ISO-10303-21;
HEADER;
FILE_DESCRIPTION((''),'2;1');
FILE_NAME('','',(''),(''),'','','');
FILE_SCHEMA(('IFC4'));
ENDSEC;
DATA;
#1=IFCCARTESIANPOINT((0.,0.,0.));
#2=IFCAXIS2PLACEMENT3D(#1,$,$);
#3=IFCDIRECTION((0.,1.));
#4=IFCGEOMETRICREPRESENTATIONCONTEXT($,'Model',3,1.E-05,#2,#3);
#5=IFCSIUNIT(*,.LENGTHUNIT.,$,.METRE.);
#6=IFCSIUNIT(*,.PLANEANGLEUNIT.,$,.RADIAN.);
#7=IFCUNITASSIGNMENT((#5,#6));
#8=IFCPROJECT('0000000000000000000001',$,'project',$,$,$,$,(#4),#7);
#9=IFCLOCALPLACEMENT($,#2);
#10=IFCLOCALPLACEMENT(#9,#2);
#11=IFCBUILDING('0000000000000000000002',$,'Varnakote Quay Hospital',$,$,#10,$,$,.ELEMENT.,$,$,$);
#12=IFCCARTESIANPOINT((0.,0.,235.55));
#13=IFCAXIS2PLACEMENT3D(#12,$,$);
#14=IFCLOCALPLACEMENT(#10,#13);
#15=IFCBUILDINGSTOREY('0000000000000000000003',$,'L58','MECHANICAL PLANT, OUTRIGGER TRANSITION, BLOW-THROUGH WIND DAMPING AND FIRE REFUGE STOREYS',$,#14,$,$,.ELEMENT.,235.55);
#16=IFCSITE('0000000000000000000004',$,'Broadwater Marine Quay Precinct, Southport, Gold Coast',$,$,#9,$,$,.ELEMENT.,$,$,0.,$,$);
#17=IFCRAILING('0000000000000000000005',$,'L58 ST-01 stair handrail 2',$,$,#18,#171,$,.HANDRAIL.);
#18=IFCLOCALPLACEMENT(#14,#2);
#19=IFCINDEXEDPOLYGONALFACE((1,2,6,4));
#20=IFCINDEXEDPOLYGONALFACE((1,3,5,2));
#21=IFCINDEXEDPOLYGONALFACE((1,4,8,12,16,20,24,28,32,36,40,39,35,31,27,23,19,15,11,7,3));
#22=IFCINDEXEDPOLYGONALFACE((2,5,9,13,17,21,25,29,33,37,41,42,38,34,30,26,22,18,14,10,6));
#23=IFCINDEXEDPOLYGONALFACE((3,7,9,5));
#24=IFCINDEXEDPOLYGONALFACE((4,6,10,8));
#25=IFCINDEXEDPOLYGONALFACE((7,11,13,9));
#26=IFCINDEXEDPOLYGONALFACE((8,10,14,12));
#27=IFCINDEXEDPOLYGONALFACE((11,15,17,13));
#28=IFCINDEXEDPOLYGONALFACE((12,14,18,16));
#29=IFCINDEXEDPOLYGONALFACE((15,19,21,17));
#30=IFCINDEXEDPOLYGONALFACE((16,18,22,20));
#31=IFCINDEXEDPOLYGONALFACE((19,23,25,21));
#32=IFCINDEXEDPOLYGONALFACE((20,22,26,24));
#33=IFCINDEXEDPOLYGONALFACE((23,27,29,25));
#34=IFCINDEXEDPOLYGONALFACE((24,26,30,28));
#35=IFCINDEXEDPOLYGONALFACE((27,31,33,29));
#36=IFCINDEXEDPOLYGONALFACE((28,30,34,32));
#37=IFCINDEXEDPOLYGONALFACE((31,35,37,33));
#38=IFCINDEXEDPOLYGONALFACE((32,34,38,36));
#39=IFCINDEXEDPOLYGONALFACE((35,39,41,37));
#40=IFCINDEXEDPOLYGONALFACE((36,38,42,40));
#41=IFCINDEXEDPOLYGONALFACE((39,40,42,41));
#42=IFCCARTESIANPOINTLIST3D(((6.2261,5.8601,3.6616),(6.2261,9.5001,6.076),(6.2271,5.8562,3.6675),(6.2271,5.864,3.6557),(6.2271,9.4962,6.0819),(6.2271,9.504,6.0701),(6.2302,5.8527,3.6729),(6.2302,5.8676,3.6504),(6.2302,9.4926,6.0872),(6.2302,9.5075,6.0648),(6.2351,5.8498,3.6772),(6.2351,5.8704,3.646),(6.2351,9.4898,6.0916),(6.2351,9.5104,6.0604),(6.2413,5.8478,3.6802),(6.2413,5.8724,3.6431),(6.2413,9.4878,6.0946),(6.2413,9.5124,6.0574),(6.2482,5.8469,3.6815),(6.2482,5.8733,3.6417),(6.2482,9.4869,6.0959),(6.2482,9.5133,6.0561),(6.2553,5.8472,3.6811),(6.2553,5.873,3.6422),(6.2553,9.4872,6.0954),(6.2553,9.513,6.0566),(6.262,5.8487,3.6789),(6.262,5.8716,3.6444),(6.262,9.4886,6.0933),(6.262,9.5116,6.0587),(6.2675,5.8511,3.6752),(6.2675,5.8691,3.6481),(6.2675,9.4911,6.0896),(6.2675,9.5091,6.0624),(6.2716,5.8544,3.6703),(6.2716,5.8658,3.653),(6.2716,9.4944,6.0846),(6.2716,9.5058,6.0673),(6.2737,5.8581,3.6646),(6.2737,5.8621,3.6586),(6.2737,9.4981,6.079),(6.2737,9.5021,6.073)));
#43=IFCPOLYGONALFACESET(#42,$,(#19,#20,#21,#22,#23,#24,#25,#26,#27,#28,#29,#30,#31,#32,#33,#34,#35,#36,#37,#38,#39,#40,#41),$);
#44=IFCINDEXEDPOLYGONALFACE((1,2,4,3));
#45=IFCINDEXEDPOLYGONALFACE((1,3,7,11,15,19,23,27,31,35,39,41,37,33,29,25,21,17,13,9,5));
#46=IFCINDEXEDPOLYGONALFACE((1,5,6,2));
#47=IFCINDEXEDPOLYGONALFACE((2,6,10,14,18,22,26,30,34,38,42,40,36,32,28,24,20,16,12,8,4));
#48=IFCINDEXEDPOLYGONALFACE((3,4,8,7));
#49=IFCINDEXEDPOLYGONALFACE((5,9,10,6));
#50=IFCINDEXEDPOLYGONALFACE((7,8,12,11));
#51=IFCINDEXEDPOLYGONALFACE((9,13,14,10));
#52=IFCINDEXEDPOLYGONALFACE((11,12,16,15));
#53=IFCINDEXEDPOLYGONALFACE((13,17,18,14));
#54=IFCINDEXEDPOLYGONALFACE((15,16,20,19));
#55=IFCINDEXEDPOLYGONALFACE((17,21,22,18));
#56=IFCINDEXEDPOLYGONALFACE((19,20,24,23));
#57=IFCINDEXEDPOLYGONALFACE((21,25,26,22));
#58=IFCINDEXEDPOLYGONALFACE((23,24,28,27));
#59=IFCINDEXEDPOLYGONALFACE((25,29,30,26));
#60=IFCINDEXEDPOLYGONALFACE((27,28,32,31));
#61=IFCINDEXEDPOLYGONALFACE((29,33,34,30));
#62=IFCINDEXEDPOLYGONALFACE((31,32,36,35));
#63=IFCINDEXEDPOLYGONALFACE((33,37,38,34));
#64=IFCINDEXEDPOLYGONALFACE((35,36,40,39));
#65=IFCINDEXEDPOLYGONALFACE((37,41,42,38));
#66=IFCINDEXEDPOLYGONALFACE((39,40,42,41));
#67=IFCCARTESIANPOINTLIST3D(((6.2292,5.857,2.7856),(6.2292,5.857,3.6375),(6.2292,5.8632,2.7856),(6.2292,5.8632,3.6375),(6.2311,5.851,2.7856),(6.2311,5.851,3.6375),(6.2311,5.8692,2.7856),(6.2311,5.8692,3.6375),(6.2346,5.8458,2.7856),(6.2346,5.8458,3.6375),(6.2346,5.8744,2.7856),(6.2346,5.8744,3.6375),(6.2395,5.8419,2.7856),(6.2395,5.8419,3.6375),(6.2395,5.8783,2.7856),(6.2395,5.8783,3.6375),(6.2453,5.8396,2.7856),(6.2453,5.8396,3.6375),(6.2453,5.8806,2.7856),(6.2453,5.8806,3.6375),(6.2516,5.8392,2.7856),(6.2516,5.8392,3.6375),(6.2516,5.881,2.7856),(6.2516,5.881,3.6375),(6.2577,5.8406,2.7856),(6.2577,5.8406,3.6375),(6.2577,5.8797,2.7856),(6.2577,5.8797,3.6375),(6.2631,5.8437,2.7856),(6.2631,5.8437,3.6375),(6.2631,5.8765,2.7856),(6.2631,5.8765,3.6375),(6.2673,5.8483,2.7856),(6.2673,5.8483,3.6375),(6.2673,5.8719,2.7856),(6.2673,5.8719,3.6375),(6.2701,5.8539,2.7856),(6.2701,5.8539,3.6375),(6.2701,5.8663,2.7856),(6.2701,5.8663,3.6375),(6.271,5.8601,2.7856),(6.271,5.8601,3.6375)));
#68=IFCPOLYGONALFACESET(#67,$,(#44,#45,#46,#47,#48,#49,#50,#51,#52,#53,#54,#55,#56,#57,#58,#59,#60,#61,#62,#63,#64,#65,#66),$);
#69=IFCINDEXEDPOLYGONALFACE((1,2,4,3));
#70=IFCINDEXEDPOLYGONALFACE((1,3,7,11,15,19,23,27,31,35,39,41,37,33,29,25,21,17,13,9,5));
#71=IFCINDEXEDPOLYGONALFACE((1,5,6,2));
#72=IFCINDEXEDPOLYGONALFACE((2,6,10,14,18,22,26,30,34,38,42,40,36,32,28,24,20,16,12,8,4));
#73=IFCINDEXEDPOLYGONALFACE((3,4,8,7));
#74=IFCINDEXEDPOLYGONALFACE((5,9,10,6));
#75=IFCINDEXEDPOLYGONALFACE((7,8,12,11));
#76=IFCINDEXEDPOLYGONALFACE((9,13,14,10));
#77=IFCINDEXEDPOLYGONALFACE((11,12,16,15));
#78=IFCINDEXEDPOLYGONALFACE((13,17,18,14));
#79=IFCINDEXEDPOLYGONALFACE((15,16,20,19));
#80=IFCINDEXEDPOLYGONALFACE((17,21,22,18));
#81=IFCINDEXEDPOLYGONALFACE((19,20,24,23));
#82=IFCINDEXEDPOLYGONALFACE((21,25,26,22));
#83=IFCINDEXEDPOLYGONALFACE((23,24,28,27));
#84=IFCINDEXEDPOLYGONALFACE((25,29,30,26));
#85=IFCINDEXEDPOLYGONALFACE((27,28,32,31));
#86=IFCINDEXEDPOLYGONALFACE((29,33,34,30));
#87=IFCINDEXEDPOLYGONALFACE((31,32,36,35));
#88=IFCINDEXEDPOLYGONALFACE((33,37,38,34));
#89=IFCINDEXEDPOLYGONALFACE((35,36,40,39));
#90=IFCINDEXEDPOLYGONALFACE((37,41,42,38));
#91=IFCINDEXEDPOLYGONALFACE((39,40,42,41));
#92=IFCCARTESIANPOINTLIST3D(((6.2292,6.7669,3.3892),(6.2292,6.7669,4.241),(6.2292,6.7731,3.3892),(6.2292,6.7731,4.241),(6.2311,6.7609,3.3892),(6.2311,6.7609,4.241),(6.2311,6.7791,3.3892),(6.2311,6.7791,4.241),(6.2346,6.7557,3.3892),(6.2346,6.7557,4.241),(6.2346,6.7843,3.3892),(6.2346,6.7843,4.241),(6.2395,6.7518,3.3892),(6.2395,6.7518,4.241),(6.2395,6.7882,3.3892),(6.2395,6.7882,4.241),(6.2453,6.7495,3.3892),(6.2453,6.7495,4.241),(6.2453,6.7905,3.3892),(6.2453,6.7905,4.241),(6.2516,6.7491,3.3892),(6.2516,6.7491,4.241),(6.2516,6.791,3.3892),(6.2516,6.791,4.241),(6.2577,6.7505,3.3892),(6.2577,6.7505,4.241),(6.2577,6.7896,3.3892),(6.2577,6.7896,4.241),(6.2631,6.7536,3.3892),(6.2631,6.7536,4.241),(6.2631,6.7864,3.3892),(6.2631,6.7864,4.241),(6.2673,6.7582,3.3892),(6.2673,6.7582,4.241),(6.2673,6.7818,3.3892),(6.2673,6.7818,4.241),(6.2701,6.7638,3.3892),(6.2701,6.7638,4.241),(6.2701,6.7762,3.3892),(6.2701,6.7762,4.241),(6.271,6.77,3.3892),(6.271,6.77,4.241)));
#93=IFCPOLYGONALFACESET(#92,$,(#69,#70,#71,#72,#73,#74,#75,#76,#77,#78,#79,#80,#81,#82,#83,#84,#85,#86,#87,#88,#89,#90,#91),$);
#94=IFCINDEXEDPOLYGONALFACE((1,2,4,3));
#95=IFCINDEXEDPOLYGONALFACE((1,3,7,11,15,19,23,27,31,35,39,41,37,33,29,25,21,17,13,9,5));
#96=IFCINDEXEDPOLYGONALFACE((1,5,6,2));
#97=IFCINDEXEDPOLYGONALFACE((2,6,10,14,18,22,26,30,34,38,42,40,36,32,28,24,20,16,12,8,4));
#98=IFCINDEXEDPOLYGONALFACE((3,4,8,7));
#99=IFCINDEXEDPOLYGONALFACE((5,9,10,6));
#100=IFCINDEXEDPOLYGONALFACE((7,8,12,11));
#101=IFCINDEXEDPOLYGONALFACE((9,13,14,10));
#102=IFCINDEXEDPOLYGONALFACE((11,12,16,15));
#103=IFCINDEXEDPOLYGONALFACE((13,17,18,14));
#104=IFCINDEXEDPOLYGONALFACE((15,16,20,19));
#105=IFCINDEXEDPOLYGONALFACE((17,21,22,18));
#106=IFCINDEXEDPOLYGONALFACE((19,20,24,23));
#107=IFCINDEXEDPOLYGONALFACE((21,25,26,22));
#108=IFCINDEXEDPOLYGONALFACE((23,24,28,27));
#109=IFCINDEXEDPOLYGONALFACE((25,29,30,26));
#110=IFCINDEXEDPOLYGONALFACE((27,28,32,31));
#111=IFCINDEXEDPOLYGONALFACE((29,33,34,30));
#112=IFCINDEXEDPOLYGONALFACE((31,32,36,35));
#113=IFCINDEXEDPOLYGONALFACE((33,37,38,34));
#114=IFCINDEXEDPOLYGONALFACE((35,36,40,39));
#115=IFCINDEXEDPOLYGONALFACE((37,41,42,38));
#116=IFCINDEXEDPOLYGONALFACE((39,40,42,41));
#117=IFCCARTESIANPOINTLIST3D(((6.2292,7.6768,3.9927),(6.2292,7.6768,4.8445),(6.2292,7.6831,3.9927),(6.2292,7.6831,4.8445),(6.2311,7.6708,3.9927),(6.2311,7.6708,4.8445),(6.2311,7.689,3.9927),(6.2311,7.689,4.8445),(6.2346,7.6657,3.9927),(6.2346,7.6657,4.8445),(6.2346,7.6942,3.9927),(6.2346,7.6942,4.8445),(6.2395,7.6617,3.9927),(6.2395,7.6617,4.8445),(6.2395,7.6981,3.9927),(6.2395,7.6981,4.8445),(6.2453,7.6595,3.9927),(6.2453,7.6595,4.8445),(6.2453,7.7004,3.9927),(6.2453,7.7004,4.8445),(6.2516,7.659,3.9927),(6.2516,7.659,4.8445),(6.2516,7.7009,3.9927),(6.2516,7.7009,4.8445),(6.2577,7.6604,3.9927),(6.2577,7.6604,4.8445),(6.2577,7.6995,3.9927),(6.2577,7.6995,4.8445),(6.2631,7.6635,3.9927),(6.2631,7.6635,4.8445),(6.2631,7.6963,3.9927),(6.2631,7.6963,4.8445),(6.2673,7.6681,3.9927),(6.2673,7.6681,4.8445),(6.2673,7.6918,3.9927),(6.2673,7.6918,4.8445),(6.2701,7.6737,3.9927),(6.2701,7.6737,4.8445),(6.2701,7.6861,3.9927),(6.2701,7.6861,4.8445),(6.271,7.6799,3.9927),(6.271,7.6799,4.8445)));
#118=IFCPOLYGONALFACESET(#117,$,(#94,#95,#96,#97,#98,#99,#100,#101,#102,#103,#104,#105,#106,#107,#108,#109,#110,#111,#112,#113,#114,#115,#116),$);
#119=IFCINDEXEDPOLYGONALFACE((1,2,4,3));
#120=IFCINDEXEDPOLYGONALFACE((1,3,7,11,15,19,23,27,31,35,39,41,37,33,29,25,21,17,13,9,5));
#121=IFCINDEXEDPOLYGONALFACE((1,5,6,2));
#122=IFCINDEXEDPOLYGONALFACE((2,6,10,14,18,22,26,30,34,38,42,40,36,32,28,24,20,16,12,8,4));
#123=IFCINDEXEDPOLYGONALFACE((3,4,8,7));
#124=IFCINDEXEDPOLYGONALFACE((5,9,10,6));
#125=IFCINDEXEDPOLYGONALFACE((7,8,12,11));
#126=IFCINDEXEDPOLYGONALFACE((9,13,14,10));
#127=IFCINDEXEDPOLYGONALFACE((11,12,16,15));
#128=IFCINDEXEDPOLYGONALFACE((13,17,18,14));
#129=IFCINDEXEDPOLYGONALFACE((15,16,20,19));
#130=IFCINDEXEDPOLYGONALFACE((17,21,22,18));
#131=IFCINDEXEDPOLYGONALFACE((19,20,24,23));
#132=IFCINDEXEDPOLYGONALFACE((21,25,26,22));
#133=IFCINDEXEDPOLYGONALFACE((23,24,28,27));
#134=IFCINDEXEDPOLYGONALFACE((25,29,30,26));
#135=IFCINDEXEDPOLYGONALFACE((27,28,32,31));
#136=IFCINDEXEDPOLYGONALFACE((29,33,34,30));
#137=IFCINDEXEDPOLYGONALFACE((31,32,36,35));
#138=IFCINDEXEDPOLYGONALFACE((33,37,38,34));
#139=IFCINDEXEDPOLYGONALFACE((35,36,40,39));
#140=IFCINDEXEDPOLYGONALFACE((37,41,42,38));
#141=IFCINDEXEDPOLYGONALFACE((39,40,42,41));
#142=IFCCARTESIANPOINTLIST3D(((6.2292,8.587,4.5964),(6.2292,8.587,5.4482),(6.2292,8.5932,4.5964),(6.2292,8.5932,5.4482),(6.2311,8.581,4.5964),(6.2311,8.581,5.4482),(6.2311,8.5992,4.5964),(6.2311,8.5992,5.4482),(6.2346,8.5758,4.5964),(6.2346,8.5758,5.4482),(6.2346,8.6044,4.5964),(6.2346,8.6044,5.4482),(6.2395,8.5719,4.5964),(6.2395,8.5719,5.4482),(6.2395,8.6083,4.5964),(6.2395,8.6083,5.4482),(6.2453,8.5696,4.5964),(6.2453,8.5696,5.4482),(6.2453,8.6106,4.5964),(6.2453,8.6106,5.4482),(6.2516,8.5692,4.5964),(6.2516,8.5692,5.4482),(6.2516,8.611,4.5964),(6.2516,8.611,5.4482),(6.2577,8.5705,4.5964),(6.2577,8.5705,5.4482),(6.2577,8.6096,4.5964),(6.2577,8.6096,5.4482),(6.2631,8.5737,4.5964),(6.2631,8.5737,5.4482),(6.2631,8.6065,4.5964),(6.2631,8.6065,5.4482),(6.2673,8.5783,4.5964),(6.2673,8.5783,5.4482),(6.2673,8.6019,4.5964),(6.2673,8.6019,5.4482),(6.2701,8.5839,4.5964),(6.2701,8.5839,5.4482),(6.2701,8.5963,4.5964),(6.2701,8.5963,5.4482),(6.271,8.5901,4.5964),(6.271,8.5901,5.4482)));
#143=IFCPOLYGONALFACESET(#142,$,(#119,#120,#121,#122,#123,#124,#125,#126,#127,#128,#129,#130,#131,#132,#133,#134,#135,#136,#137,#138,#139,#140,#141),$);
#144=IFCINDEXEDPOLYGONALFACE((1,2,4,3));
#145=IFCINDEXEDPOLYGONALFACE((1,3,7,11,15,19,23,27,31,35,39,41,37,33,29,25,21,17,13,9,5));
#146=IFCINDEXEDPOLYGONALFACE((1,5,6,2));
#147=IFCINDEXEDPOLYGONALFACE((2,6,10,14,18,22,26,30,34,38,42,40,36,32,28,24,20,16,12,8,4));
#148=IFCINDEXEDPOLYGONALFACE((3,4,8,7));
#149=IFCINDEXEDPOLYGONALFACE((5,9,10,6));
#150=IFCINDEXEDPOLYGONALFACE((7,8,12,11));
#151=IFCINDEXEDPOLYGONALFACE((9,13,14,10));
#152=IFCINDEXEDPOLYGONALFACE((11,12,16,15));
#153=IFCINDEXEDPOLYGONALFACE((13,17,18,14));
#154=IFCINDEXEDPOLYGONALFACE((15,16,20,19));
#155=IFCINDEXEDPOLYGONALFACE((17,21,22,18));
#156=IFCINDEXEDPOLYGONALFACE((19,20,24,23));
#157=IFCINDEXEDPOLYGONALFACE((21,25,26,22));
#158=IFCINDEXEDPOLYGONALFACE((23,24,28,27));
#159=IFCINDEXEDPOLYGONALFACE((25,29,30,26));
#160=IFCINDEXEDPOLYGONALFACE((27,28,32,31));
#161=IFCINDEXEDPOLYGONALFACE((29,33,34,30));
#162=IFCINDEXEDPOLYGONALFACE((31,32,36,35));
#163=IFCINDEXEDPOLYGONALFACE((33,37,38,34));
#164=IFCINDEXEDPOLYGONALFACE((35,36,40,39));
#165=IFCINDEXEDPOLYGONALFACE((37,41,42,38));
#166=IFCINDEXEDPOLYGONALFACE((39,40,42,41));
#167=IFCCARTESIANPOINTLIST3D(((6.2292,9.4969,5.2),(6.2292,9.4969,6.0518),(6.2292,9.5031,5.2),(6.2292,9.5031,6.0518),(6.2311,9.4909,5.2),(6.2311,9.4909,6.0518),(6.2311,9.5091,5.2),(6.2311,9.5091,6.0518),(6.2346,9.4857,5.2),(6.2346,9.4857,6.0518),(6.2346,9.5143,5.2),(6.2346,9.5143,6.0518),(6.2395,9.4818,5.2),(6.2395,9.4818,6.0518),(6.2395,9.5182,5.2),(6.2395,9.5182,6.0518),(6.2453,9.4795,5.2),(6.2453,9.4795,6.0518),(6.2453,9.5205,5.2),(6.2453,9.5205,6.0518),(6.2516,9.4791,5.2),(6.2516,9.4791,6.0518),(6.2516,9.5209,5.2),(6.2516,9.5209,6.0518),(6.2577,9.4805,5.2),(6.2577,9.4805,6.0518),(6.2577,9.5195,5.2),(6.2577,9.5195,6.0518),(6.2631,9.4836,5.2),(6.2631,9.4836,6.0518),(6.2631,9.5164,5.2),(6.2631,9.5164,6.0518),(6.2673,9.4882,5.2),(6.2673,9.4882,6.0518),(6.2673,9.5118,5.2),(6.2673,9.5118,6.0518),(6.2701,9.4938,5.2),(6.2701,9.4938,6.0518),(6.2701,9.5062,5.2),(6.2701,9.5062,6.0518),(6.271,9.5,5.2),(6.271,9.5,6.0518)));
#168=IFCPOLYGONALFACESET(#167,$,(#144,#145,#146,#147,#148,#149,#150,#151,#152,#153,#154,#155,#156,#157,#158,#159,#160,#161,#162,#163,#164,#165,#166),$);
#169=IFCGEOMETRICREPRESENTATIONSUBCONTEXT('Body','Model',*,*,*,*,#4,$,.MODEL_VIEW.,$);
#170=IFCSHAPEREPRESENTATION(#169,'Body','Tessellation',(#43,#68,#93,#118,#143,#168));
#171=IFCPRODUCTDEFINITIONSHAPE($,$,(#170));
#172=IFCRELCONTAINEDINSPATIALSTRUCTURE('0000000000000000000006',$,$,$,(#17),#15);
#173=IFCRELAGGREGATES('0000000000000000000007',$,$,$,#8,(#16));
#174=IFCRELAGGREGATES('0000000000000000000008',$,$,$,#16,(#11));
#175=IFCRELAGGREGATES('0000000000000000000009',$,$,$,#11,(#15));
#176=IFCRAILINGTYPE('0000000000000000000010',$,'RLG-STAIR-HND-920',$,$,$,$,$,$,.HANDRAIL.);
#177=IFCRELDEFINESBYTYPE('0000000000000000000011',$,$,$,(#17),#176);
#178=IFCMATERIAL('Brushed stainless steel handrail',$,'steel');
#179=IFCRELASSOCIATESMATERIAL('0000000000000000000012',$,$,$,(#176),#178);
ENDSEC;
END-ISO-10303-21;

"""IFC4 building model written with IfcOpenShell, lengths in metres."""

from ifc_helpers import new_model, si_unit, direction, frame, origin, origin_2d, place, context, subcontext, project, spatial, circle, extrude, material, type_object, element, save


model = new_model("IFC4")

# Units and contexts
model_context = context("Model", 3, precision=1e-05, world=origin(), true_north=direction((0.0, 1.0)))
body_context = subcontext(model_context, "Body", "Model", "MODEL_VIEW")
ifc_project = project(units=[si_unit("LENGTHUNIT", "METRE"), si_unit("PLANEANGLEUNIT", "RADIAN")], contexts=[model_context])

# Site, building, storey
site_placement = place(None, origin())
site = spatial("IfcSite", under=ifc_project, at=site_placement, Name="Broadwater Marine Quay Precinct, Southport, Gold Coast", CompositionType="ELEMENT", RefElevation=0.0)
building_placement = place(site_placement, origin())
building = spatial("IfcBuilding", under=site, at=building_placement, Name="Varnakote Quay Hospital", CompositionType="ELEMENT")
storey_placement = place(building_placement, frame((0.0, 0.0, 235.55)))
storey = spatial("IfcBuildingStorey", under=building, at=storey_placement, Name="L58", Description="MECHANICAL PLANT, OUTRIGGER TRANSITION, BLOW-THROUGH WIND DAMPING AND FIRE REFUGE STOREYS", CompositionType="ELEMENT", Elevation=235.55)

# Railing
ifc_material_1 = material(Name="Brushed stainless steel handrail", Category="steel")
railing_type_1 = type_object("IfcRailingType", Name="RLG-STAIR-HND-920", PredefinedType="HANDRAIL", material=ifc_material_1)
railing_1_placement = place(storey_placement, frame((6.25, 5.8601, 2.7856)))
element("IfcRailing", 1, at=railing_1_placement, inside=storey, type_object=railing_type_1, Name="L58 ST-01 stair handrail 2", PredefinedType="HANDRAIL", context=body_context, shape_type="SweptSolid", body=[
    extrude(circle(Radius=0.0239, at=origin_2d()), frame((0.0, 0.0, 0.876), z_axis=(0.0, 0.833347, 0.552751), x_axis=(-1.0, 0.0, 0.0)), (0.0, 0.0, 1.0), 4.3679),
    extrude(circle(Radius=0.021, at=origin_2d()), origin(), (0.0, 0.0, 1.0), 0.8518),
    extrude(circle(Radius=0.021, at=origin_2d()), frame((0.0, 0.9099, 0.6035)), (0.0, 0.0, 1.0), 0.8518),
    extrude(circle(Radius=0.021, at=origin_2d()), frame((0.0, 1.8198, 1.207)), (0.0, 0.0, 1.0), 0.8518),
    extrude(circle(Radius=0.021, at=origin_2d()), frame((0.0, 2.73, 1.8108)), (0.0, 0.0, 1.0), 0.8518),
    extrude(circle(Radius=0.021, at=origin_2d()), frame((0.0, 3.6399, 2.4143)), (0.0, 0.0, 1.0), 0.8518),
])

save(model, "model.ifc")
